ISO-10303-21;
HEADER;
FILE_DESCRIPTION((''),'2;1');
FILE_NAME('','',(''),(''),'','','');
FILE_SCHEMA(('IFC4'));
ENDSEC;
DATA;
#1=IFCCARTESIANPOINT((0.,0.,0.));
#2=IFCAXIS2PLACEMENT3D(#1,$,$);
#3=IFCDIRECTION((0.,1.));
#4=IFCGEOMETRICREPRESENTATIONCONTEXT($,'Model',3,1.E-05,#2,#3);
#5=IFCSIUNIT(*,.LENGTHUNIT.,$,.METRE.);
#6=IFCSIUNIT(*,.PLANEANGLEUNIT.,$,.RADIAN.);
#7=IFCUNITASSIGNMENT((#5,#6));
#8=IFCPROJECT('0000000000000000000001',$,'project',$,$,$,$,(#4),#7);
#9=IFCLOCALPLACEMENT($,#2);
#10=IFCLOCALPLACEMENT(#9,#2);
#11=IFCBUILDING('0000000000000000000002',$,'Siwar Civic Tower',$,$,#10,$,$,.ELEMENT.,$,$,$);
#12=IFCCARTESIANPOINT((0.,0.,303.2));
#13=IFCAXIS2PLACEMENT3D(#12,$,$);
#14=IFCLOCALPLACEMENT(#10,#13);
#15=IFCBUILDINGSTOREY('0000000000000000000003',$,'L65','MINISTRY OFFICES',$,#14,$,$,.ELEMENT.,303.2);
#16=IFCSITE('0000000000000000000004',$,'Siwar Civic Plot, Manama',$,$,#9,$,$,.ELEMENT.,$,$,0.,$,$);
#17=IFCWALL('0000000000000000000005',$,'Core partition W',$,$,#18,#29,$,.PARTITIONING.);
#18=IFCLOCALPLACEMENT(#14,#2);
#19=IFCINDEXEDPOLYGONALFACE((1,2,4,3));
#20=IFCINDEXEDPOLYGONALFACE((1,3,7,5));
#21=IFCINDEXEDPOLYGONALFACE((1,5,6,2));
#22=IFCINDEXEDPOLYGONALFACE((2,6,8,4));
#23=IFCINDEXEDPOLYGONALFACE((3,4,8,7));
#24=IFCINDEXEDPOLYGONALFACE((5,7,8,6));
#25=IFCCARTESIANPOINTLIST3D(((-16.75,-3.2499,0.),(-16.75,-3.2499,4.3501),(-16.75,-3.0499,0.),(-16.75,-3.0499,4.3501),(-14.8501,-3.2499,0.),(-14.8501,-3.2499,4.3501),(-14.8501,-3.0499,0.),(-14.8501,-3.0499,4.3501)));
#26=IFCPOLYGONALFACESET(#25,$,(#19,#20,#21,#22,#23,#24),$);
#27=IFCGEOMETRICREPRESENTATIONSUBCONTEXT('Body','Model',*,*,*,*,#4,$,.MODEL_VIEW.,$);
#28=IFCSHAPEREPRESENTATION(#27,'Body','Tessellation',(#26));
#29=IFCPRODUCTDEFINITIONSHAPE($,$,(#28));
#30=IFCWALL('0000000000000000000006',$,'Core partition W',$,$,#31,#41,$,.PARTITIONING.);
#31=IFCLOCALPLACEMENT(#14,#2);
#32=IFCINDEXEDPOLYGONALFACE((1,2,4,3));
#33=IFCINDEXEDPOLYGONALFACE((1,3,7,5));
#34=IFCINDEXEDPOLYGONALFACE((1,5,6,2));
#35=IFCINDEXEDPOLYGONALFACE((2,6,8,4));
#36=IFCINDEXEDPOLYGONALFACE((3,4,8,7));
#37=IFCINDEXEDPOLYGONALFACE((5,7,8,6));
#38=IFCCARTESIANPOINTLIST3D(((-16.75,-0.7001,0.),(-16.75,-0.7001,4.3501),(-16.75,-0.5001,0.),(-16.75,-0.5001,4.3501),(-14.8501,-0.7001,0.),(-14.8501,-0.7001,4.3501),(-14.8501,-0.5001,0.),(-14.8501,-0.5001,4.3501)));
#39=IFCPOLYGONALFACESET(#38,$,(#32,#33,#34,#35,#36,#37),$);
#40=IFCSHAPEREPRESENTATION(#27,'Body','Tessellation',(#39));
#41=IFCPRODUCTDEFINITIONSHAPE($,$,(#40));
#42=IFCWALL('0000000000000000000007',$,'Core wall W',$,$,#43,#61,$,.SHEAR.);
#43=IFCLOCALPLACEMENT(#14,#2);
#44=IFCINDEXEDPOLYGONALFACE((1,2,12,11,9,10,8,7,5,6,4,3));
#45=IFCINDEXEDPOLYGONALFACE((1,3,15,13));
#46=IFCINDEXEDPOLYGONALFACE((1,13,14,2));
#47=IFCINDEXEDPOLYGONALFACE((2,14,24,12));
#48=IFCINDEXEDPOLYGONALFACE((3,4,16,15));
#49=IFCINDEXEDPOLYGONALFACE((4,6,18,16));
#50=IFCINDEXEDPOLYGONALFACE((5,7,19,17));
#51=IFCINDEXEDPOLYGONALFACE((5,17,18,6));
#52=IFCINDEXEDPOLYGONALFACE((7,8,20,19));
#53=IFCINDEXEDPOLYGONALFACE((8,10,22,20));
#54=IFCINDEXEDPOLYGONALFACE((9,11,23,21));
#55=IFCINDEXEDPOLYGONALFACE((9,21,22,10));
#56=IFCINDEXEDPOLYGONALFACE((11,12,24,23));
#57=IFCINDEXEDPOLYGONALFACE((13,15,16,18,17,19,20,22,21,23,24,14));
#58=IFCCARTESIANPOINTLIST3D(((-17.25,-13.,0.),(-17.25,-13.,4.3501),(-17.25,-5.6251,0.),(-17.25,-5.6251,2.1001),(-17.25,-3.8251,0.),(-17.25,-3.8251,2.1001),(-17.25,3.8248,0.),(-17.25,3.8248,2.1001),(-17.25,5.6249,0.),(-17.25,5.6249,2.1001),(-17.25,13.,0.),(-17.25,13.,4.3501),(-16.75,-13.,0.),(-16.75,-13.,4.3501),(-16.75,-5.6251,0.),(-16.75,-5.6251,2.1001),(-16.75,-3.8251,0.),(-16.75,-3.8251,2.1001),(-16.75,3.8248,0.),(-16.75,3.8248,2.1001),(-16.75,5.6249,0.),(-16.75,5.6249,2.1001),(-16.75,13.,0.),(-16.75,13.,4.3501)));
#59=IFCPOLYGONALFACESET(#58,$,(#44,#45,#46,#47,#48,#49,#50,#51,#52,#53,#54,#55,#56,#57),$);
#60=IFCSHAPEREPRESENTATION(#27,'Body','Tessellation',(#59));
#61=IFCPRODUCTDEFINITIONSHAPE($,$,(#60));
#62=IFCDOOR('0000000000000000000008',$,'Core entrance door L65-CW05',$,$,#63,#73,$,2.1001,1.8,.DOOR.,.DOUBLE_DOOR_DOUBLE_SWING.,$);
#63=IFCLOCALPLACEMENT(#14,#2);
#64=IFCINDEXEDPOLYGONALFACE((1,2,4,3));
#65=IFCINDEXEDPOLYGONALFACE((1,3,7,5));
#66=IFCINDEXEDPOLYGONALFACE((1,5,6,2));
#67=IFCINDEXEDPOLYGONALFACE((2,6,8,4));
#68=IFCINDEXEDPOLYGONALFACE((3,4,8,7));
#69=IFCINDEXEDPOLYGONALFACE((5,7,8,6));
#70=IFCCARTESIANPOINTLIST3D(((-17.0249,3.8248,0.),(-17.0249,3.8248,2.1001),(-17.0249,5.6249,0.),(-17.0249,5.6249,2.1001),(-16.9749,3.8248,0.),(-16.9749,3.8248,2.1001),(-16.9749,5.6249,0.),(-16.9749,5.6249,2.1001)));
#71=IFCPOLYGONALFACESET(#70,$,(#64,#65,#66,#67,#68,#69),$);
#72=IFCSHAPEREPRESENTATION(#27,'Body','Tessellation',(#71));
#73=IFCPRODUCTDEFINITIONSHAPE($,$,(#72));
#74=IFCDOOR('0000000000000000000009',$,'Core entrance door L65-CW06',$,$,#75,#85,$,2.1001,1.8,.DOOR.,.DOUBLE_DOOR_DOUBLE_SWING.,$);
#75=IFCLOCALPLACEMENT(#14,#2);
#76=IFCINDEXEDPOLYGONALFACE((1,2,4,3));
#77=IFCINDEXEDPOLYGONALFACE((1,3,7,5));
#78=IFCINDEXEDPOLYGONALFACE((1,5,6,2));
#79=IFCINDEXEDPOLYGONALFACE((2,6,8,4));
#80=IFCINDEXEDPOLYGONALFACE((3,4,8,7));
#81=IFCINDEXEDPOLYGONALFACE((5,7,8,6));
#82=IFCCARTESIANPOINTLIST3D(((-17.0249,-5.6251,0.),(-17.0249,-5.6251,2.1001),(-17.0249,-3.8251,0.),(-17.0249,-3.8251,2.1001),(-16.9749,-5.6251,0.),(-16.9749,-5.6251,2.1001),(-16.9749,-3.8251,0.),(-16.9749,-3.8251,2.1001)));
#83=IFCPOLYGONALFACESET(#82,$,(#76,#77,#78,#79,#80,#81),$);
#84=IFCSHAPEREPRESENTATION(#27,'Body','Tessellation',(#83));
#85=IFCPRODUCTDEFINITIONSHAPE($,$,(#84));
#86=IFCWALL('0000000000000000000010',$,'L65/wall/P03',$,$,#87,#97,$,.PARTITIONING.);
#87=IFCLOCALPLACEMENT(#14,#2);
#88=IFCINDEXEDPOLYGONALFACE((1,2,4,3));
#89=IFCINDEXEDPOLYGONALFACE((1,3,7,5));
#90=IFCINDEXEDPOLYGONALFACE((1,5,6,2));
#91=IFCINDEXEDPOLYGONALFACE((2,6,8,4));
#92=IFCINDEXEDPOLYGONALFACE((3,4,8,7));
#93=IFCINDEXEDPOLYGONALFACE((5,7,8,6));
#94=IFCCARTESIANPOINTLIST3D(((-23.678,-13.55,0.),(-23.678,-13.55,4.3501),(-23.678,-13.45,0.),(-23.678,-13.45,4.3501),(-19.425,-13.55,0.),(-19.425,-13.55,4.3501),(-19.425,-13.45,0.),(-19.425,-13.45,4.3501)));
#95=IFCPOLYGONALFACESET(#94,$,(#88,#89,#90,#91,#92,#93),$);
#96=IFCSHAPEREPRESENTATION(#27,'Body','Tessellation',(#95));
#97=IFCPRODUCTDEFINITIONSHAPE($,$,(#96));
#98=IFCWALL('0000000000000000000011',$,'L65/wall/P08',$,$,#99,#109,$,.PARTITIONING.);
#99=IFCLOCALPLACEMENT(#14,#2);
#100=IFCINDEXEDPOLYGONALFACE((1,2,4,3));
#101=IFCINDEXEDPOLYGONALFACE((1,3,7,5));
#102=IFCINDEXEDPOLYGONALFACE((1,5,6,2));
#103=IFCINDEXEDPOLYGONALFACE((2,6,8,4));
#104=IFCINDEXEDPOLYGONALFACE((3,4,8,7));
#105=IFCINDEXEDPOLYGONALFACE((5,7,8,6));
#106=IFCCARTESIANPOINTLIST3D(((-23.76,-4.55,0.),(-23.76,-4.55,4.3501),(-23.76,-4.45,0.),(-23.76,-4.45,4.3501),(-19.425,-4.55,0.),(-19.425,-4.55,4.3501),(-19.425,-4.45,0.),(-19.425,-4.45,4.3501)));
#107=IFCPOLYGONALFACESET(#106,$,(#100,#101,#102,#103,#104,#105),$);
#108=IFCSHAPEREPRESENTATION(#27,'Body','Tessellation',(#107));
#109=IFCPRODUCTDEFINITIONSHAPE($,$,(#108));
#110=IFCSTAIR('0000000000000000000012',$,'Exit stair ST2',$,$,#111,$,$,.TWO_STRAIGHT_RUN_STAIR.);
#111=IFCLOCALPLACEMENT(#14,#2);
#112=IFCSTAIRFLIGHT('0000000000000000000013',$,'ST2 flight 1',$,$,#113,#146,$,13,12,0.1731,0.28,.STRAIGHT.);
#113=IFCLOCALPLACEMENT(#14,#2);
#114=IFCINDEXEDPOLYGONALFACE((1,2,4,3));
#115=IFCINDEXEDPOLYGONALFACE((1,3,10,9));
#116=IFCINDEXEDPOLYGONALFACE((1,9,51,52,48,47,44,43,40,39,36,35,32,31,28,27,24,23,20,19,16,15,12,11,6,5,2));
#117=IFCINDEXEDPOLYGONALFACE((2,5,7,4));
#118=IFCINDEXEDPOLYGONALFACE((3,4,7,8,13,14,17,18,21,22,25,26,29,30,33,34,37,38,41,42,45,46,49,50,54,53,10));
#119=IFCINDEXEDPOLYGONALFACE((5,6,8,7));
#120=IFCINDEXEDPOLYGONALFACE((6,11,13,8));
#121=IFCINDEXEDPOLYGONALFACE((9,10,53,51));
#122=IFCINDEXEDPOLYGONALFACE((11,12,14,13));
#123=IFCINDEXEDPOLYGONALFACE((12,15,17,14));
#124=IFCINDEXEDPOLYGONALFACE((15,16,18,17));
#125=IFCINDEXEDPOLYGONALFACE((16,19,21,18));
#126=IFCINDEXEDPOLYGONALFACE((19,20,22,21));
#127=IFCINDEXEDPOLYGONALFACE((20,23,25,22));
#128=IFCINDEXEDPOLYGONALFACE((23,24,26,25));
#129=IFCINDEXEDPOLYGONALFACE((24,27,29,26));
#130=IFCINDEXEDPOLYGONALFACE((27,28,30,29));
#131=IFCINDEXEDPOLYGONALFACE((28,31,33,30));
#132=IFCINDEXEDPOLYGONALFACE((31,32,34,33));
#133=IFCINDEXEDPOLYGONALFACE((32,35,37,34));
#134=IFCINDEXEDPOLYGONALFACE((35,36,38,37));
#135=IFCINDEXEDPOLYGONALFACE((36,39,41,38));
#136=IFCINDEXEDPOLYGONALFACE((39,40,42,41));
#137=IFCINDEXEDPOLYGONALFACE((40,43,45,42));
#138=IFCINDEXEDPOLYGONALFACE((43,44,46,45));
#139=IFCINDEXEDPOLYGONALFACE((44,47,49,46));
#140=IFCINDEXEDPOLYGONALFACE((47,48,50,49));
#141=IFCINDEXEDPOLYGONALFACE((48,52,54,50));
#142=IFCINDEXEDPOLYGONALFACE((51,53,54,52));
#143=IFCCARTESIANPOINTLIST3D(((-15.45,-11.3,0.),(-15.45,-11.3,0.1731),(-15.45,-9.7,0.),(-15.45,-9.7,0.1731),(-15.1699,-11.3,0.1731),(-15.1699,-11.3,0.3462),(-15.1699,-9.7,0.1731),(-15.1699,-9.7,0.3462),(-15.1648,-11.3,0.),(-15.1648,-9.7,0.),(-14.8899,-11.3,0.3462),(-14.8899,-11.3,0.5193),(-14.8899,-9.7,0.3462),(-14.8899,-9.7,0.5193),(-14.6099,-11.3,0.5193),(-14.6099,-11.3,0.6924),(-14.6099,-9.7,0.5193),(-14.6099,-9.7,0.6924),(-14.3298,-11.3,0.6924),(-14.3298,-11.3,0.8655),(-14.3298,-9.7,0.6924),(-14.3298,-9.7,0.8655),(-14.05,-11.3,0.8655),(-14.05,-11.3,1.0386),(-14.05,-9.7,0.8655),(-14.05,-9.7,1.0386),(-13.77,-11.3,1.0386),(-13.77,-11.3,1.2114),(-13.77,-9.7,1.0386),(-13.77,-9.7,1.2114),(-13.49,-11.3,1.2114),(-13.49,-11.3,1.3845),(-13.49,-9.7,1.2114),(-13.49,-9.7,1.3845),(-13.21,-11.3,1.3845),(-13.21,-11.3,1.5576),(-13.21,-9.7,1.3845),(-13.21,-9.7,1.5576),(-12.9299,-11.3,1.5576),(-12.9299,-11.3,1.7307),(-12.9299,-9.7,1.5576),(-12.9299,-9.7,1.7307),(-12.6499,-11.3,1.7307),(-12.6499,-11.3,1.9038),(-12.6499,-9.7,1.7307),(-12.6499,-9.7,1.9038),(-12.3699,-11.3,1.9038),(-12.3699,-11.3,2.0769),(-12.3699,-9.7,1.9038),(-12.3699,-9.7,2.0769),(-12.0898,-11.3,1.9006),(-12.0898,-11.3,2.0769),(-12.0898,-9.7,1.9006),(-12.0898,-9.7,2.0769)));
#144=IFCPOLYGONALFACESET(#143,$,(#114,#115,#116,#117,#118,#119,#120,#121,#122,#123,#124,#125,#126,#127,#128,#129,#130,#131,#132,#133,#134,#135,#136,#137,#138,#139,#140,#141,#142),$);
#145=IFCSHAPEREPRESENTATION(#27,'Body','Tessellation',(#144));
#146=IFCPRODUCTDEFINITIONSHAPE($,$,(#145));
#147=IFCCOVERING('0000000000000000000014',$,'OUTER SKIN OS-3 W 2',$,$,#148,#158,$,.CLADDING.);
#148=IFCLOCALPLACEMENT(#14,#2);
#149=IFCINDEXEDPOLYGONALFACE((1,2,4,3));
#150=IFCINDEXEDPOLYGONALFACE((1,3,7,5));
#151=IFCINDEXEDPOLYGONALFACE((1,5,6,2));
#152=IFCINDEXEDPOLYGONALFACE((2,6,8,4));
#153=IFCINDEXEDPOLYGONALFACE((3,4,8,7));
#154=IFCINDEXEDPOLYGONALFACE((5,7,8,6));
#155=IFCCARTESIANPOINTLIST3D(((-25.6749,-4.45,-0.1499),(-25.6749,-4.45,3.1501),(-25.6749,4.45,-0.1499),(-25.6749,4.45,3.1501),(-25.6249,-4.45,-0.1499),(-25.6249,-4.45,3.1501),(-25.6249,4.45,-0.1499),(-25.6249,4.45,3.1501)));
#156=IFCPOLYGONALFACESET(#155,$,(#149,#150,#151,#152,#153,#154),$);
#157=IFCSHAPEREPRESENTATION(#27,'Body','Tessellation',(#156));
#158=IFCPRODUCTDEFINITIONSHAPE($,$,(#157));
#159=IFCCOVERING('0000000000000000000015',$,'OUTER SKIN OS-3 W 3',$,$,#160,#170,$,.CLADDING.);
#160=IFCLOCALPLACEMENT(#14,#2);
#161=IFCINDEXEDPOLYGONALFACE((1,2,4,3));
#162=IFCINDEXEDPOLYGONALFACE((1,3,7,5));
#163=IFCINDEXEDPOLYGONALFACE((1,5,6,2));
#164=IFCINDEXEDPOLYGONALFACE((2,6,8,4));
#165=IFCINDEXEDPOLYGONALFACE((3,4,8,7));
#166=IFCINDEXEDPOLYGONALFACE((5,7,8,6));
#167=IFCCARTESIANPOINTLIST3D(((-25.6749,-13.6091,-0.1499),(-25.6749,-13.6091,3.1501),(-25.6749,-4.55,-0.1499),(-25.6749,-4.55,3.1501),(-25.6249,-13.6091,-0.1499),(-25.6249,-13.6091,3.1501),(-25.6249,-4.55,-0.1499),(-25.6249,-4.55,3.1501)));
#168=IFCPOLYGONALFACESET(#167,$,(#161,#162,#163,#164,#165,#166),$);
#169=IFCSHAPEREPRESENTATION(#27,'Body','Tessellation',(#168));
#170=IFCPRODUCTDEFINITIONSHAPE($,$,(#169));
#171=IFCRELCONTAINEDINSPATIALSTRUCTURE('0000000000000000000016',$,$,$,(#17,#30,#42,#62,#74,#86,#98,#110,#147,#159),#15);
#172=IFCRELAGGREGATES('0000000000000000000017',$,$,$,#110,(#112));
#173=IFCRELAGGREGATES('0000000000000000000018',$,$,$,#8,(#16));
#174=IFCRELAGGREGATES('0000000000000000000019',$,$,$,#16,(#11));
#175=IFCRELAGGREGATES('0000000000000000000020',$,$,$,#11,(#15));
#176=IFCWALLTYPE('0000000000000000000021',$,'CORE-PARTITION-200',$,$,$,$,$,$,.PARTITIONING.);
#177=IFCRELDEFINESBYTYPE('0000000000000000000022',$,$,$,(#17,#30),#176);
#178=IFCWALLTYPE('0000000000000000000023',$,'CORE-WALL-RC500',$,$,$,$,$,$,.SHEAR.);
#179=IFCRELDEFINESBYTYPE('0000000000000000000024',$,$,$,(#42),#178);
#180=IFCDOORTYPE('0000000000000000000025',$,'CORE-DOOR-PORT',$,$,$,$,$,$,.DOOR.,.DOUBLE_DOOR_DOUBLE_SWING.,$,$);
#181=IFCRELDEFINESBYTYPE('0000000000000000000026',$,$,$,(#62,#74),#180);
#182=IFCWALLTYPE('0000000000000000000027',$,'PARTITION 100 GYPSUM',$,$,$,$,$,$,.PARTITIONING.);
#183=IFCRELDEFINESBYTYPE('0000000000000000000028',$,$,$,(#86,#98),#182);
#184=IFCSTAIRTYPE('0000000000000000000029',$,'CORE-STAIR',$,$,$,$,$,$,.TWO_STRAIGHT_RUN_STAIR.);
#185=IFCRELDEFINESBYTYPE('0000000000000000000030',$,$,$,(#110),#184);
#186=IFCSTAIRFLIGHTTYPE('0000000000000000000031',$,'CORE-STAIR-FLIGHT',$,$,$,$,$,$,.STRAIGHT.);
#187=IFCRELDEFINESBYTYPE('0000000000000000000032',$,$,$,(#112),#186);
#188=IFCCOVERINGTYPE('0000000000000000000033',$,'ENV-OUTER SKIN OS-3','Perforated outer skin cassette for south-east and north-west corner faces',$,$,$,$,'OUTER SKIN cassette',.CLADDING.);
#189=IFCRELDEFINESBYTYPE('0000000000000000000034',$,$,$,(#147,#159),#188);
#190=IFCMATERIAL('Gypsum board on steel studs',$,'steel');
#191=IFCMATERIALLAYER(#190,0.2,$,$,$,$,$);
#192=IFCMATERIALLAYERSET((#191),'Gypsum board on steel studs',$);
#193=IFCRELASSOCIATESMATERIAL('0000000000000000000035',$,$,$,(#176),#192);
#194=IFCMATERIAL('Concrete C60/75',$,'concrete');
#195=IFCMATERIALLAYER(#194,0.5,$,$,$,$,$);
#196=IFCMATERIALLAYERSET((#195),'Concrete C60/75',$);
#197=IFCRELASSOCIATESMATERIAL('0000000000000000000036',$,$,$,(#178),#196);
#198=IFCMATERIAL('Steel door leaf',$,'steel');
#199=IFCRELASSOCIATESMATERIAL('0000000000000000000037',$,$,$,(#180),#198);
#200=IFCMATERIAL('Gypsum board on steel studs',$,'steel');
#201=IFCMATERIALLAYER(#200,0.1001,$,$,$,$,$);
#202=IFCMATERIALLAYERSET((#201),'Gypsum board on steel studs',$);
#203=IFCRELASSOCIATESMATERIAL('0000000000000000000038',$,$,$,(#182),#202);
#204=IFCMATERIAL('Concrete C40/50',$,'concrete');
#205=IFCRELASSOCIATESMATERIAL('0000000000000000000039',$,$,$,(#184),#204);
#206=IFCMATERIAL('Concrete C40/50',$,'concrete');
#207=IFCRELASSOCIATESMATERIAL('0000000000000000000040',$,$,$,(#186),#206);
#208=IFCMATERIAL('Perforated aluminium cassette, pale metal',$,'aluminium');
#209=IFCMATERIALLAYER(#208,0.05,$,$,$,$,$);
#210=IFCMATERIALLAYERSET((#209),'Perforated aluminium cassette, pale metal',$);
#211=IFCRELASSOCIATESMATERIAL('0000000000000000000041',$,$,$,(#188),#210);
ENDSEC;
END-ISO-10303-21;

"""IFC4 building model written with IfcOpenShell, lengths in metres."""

from ifc_helpers import new_model, si_unit, direction, frame, frame_2d, origin, origin_2d, place, context, subcontext, project, spatial, polyline, rectangle, outline, extrude, material, layer, layer_set, type_object, element, fill, aggregate, save


model = new_model("IFC4")

# Units and contexts
model_context = context("Model", 3, precision=1e-05, world=origin(), true_north=direction((0.0, 1.0)))
body_context = subcontext(model_context, "Body", "Model", "MODEL_VIEW")
ifc_project = project(units=[si_unit("LENGTHUNIT", "METRE"), si_unit("PLANEANGLEUNIT", "RADIAN")], contexts=[model_context])

# Site, building, storey
site_placement = place(None, origin())
site = spatial("IfcSite", under=ifc_project, at=site_placement, Name="Siwar Civic Plot, Manama", CompositionType="ELEMENT", RefElevation=0.0)
building_placement = place(site_placement, origin())
building = spatial("IfcBuilding", under=site, at=building_placement, Name="Siwar Civic Tower", CompositionType="ELEMENT")
storey_placement = place(building_placement, frame((0.0, 0.0, 303.2)))
storey = spatial("IfcBuildingStorey", under=building, at=storey_placement, Name="L65", Description="MINISTRY OFFICES", CompositionType="ELEMENT", Elevation=303.2)

# Shared definitions
ifc_material_1 = material(Name="Gypsum board on steel studs", Category="steel")
ifc_layer_1 = layer(ifc_material_1, 0.2)
ifc_layer_set_1 = layer_set([ifc_layer_1], Name="Gypsum board on steel studs")
wall_type_1 = type_object("IfcWallType", Name="CORE-PARTITION-200", PredefinedType="PARTITIONING", material=ifc_layer_set_1)

# Walls
for number, where, z_axis, x_axis, name in (
    (1, (-14.8501, -3.1499, 0.0), (0.0, 0.0, 1.0), (-1.0, 0.0, 0.0), "Core partition W"),
    (2, (-14.8501, -0.6001, 0.0), (0.0, 0.0, 1.0), (-1.0, 0.0, 0.0), "Core partition W"),
):
    element("IfcWall", number, at=place(storey_placement, frame(where, z_axis=z_axis, x_axis=x_axis)), inside=storey, type_object=wall_type_1, Name=name, PredefinedType="PARTITIONING", context=body_context, shape_type="SweptSolid", body=[
        extrude(rectangle(XDim=1.8999, YDim=0.2, at=frame_2d((0.95, 0.0))), origin(), (0.0, 0.0, 1.0), 4.3501),
    ])

# Wall, openings, doors
ifc_material_2 = material(Name="Concrete C60/75", Category="concrete")
ifc_layer_2 = layer(ifc_material_2, 0.5)
ifc_layer_set_2 = layer_set([ifc_layer_2], Name="Concrete C60/75")
wall_type_2 = type_object("IfcWallType", Name="CORE-WALL-RC500", PredefinedType="SHEAR", material=ifc_layer_set_2)
wall_1_placement = place(storey_placement, frame((-17.0, -13.0, 0.0), z_axis=(0.0, 0.0, 1.0), x_axis=(0.0, 1.0, 0.0)))
wall_1 = element("IfcWall", 3, at=wall_1_placement, inside=storey, type_object=wall_type_2, Name="Core wall W", PredefinedType="SHEAR", context=body_context, shape_type="SweptSolid", body=[
    extrude(rectangle(XDim=26.0, YDim=0.5, at=frame_2d((13.0, 0.0))), origin(), (0.0, 0.0, 1.0), 4.3501),
])
opening_1_placement = place(wall_1_placement, frame((16.825, 0.0, 0.0)))
opening_1 = element("IfcOpeningElement", 4, at=opening_1_placement, cuts=wall_1, PredefinedType="OPENING", context=body_context, shape_type="SweptSolid", body=[
    extrude(rectangle(XDim=1.8, YDim=2.1001, at=frame_2d((0.8999, 1.05))), frame((0.0, 0.26, 0.0), z_axis=(0.0, -1.0, 0.0), x_axis=(1.0, 0.0, 0.0)), (0.0, 0.0, 1.0), 0.52),
])
opening_2_placement = place(wall_1_placement, frame((7.375, 0.0, 0.0)))
opening_2 = element("IfcOpeningElement", 5, at=opening_2_placement, cuts=wall_1, PredefinedType="OPENING", context=body_context, shape_type="SweptSolid", body=[
    extrude(rectangle(XDim=1.8, YDim=2.1001, at=frame_2d((0.8999, 1.05))), frame((0.0, 0.26, 0.0), z_axis=(0.0, -1.0, 0.0), x_axis=(1.0, 0.0, 0.0)), (0.0, 0.0, 1.0), 0.52),
])
ifc_material_3 = material(Name="Steel door leaf", Category="steel")
door_type_1 = type_object("IfcDoorType", Name="CORE-DOOR-PORT", OperationType="DOUBLE_DOOR_DOUBLE_SWING", PredefinedType="DOOR", material=ifc_material_3)
door_1_placement = place(opening_1_placement, origin())
door_1 = element("IfcDoor", 6, at=door_1_placement, inside=storey, type_object=door_type_1, Name="Core entrance door L65-CW05", OperationType="DOUBLE_DOOR_DOUBLE_SWING", OverallHeight=2.1001, OverallWidth=1.8, PredefinedType="DOOR", context=body_context, shape_type="SweptSolid", body=[
    extrude(rectangle(XDim=1.8, YDim=2.1001, at=frame_2d((0.8999, 1.05))), frame((0.0, 0.0249, 0.0), z_axis=(0.0, -1.0, 0.0), x_axis=(1.0, 0.0, 0.0)), (0.0, 0.0, 1.0), 0.05),
])
fill(opening_1, door_1)
door_2_placement = place(opening_2_placement, origin())
door_2 = element("IfcDoor", 7, at=door_2_placement, inside=storey, type_object=door_type_1, Name="Core entrance door L65-CW06", OperationType="DOUBLE_DOOR_DOUBLE_SWING", OverallHeight=2.1001, OverallWidth=1.8, PredefinedType="DOOR", context=body_context, shape_type="SweptSolid", body=[
    extrude(rectangle(XDim=1.8, YDim=2.1001, at=frame_2d((0.8999, 1.05))), frame((0.0, 0.0249, 0.0), z_axis=(0.0, -1.0, 0.0), x_axis=(1.0, 0.0, 0.0)), (0.0, 0.0, 1.0), 0.05),
])
fill(opening_2, door_2)

# Walls
ifc_material_4 = material(Name="Gypsum board on steel studs", Category="steel")
ifc_layer_3 = layer(ifc_material_4, 0.1001)
ifc_layer_set_3 = layer_set([ifc_layer_3], Name="Gypsum board on steel studs")
wall_type_3 = type_object("IfcWallType", Name="PARTITION 100 GYPSUM", PredefinedType="PARTITIONING", material=ifc_layer_set_3)
wall_2_placement = place(storey_placement, frame((-23.678, -13.5, 0.0), z_axis=(0.0, 0.0, 1.0), x_axis=(1.0, 0.0, 0.0)))
element("IfcWall", 8, at=wall_2_placement, inside=storey, type_object=wall_type_3, Name="L65/wall/P03", PredefinedType="PARTITIONING", context=body_context, shape_type="SweptSolid", body=[
    extrude(rectangle(XDim=4.2529, YDim=0.1001, at=frame_2d((2.1265, 0.0))), origin(), (0.0, 0.0, 1.0), 4.3501),
])
wall_3_placement = place(storey_placement, frame((-23.76, -4.5, 0.0), z_axis=(0.0, 0.0, 1.0), x_axis=(1.0, 0.0, 0.0)))
element("IfcWall", 9, at=wall_3_placement, inside=storey, type_object=wall_type_3, Name="L65/wall/P08", PredefinedType="PARTITIONING", context=body_context, shape_type="SweptSolid", body=[
    extrude(rectangle(XDim=4.335, YDim=0.1001, at=frame_2d((2.1675, 0.0))), origin(), (0.0, 0.0, 1.0), 4.3501),
])

# Stair, stair flight
ifc_material_5 = material(Name="Concrete C40/50", Category="concrete")
stair_type = type_object("IfcStairType", Name="CORE-STAIR", PredefinedType="TWO_STRAIGHT_RUN_STAIR", material=ifc_material_5)
stair_placement = place(storey_placement, origin())
stair = element("IfcStair", 10, at=stair_placement, inside=storey, type_object=stair_type, Name="Exit stair ST2", PredefinedType="TWO_STRAIGHT_RUN_STAIR")
ifc_material_6 = material(Name="Concrete C40/50", Category="concrete")
stair_flight_type = type_object("IfcStairFlightType", Name="CORE-STAIR-FLIGHT", PredefinedType="STRAIGHT", material=ifc_material_6)
stair_flight_placement = place(storey_placement, frame((-15.45, -10.5, 0.0), z_axis=(0.0, 0.0, 1.0), x_axis=(1.0, 0.0, 0.0)))
stair_flight = element("IfcStairFlight", 11, at=stair_flight_placement, type_object=stair_flight_type, Name="ST2 flight 1", NumberOfRisers=13, NumberOfTreads=12, PredefinedType="STRAIGHT", RiserHeight=0.1731, TreadLength=0.28, context=body_context, shape_type="SweptSolid", body=[
    extrude(outline(polyline([(0.0, 0.0), (0.0, 0.1731), (0.28, 0.1731), (0.28, 0.3462), (0.5601, 0.3462), (0.5601, 0.5193), (0.8401, 0.5193), (0.8401, 0.6924), (1.1201, 0.6924), (1.1201, 0.8655), (1.3999, 0.8655), (1.3999, 1.0386), (1.6799, 1.0386), (1.6799, 1.2114), (1.96, 1.2114), (1.96, 1.3845), (2.24, 1.3845), (2.24, 1.5576), (2.52, 1.5576), (2.52, 1.7307), (2.8, 1.7307), (2.8, 1.9038), (3.0801, 1.9038), (3.0801, 2.0769), (3.3601, 2.0769), (3.3601, 2.25), (3.3601, 1.9006), (0.2852, 0.0), (0.0, 0.0)])), frame((0.0, 0.8, 0.0), z_axis=(0.0, -1.0, 0.0), x_axis=(1.0, 0.0, 0.0)), (0.0, 0.0, 1.0), 1.6001),
])
aggregate(stair, [stair_flight])

# Coverings
ifc_material_7 = material(Name="Perforated aluminium cassette, pale metal", Category="aluminium")
ifc_layer_4 = layer(ifc_material_7, 0.05)
ifc_layer_set_4 = layer_set([ifc_layer_4], Name="Perforated aluminium cassette, pale metal")
covering_type = type_object("IfcCoveringType", Name="ENV-OUTER SKIN OS-3", Description="Perforated outer skin cassette for south-east and north-west corner faces", ElementType="OUTER SKIN cassette", PredefinedType="CLADDING", material=ifc_layer_set_4)
covering_1_placement = place(storey_placement, frame((-25.6499, 0.0, -0.1499), z_axis=(0.0, 0.0, 1.0), x_axis=(0.0, -1.0, 0.0)))
element("IfcCovering", 12, at=covering_1_placement, inside=storey, type_object=covering_type, Name="OUTER SKIN OS-3 W 2", PredefinedType="CLADDING", context=body_context, shape_type="SweptSolid", body=[
    extrude(rectangle(XDim=8.8999, YDim=0.05, at=origin_2d()), origin(), (0.0, 0.0, 1.0), 3.3),
])
covering_2_placement = place(storey_placement, frame((-25.6499, -9.0796, -0.1499), z_axis=(0.0, 0.0, 1.0), x_axis=(0.0, -1.0, 0.0)))
element("IfcCovering", 13, at=covering_2_placement, inside=storey, type_object=covering_type, Name="OUTER SKIN OS-3 W 3", PredefinedType="CLADDING", context=body_context, shape_type="SweptSolid", body=[
    extrude(rectangle(XDim=9.0591, YDim=0.05, at=origin_2d()), origin(), (0.0, 0.0, 1.0), 3.3),
])

save(model, "model.ifc")
